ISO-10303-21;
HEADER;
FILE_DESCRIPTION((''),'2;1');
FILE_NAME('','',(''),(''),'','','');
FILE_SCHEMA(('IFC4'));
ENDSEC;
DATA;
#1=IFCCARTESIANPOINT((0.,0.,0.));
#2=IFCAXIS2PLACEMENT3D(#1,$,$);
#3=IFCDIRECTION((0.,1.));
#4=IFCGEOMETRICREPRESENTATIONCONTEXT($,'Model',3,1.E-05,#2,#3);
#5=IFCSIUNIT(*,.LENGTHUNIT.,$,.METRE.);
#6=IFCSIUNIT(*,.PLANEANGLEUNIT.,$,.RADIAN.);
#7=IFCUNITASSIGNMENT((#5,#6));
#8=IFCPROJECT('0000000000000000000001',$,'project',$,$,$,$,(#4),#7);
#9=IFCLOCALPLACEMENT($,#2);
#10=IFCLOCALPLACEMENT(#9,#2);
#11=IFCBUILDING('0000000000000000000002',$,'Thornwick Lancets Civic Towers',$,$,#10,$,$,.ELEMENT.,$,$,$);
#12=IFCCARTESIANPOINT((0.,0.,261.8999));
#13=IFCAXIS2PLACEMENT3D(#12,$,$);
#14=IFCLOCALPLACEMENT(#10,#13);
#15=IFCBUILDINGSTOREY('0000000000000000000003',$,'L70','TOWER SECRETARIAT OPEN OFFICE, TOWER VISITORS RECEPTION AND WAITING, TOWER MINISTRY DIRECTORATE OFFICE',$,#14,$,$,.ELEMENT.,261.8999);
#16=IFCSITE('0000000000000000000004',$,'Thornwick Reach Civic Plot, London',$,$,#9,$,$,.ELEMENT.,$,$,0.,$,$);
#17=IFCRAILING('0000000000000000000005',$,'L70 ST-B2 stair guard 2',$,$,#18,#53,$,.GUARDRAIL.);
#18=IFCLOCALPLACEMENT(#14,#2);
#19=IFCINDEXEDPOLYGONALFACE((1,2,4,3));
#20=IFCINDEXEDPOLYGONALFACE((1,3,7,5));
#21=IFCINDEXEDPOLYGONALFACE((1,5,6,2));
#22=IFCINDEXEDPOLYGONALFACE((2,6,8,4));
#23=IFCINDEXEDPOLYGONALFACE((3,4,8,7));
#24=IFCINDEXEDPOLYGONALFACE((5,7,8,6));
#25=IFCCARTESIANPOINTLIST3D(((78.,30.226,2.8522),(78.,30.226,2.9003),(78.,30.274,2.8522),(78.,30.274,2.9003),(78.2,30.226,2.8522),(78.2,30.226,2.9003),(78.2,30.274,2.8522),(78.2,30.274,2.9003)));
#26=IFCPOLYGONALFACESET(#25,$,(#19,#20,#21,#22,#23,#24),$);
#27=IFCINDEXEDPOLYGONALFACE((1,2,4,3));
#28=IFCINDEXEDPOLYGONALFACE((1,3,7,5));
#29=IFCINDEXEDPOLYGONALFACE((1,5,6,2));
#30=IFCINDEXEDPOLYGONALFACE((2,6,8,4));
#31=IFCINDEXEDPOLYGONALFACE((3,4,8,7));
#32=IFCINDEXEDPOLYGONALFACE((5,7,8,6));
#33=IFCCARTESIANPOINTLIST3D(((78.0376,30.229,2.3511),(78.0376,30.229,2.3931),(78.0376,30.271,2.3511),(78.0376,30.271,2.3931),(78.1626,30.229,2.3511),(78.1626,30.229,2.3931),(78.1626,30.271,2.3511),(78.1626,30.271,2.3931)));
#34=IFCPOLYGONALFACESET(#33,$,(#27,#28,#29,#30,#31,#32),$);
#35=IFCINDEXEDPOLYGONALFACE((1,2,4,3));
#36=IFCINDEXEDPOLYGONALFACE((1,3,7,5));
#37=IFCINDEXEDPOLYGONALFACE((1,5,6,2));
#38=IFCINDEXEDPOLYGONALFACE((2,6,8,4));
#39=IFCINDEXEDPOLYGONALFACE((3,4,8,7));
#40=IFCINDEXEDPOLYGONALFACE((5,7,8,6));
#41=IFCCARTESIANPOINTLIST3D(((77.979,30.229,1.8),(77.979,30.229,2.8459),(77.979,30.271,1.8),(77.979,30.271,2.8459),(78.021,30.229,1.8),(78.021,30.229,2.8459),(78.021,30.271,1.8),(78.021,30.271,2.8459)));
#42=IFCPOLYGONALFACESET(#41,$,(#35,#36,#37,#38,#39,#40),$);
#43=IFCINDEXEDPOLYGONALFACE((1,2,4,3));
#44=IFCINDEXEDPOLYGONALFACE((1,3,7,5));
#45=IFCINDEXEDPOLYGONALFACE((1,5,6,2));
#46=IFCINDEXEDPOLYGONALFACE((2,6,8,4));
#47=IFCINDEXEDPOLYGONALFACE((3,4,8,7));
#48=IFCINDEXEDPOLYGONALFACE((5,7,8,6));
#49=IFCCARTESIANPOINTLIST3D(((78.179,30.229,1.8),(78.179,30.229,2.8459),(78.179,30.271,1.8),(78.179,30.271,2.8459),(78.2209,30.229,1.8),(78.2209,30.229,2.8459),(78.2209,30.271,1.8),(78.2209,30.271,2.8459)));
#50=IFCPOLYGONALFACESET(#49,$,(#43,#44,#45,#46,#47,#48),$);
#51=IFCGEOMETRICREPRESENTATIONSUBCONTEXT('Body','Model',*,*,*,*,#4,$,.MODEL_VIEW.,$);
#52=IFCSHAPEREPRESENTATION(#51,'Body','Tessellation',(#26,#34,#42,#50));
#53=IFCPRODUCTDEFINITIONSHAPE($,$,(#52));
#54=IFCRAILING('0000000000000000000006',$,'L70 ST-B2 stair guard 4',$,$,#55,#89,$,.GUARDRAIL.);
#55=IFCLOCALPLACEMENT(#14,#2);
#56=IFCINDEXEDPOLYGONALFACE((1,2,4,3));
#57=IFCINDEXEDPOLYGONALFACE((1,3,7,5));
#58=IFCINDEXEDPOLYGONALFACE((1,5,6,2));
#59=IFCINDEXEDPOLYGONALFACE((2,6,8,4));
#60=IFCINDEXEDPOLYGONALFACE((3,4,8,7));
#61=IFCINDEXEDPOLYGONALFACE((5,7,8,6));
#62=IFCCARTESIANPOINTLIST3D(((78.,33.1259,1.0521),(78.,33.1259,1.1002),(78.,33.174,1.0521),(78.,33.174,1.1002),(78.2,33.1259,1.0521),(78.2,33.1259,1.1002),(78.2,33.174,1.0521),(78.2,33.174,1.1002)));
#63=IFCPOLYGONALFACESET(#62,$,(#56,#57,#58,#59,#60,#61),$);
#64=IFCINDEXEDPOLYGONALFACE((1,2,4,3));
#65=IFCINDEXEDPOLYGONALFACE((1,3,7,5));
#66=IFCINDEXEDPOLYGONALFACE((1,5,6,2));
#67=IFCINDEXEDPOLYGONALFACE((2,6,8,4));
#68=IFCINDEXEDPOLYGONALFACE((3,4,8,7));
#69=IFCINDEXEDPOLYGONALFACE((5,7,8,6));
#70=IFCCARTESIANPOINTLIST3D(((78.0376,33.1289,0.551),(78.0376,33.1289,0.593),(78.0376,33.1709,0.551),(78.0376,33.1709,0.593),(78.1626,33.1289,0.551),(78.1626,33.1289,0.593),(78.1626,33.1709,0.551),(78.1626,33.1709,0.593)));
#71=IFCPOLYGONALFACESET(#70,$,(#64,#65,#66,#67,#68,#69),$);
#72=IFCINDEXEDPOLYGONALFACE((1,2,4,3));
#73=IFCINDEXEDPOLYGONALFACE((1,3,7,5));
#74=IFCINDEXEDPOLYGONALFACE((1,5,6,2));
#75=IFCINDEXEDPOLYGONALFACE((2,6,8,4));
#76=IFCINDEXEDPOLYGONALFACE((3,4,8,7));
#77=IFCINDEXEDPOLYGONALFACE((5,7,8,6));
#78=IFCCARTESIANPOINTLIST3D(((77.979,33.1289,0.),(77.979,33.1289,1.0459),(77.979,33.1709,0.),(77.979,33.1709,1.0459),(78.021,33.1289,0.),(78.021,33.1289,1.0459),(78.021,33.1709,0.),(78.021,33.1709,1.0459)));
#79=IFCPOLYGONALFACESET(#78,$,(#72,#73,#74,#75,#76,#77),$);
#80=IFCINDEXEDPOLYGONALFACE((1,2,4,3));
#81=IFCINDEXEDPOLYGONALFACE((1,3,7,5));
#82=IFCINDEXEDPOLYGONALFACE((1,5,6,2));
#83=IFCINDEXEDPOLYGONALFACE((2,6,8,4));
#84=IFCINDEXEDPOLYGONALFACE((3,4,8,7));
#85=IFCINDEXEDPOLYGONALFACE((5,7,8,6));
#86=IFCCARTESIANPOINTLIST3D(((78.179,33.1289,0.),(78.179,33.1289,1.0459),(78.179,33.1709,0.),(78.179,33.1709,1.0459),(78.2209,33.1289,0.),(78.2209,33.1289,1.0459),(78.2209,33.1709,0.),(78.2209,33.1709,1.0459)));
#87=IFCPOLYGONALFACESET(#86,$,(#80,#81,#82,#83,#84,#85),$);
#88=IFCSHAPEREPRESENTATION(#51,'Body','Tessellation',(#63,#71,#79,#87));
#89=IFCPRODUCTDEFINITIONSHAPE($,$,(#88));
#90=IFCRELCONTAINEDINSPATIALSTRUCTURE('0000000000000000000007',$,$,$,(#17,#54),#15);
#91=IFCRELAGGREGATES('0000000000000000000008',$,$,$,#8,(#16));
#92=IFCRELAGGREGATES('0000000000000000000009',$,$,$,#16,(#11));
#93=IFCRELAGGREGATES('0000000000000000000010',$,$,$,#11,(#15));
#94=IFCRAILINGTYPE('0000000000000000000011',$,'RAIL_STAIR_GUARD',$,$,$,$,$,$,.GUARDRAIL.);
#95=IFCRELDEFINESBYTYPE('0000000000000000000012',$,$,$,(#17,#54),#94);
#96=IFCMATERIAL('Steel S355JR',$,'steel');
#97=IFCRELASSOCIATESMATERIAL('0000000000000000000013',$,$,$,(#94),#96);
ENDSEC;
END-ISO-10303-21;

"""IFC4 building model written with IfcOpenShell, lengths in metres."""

from ifc_helpers import new_model, si_unit, direction, frame, origin, origin_2d, place, context, subcontext, project, spatial, rectangle, extrude, material, type_object, element, save


model = new_model("IFC4")

# Units and contexts
model_context = context("Model", 3, precision=1e-05, world=origin(), true_north=direction((0.0, 1.0)))
body_context = subcontext(model_context, "Body", "Model", "MODEL_VIEW")
ifc_project = project(units=[si_unit("LENGTHUNIT", "METRE"), si_unit("PLANEANGLEUNIT", "RADIAN")], contexts=[model_context])

# Site, building, storey
site_placement = place(None, origin())
site = spatial("IfcSite", under=ifc_project, at=site_placement, Name="Thornwick Reach Civic Plot, London", CompositionType="ELEMENT", RefElevation=0.0)
building_placement = place(site_placement, origin())
building = spatial("IfcBuilding", under=site, at=building_placement, Name="Thornwick Lancets Civic Towers", CompositionType="ELEMENT")
storey_placement = place(building_placement, frame((0.0, 0.0, 261.8999)))
storey = spatial("IfcBuildingStorey", under=building, at=storey_placement, Name="L70", Description="TOWER SECRETARIAT OPEN OFFICE, TOWER VISITORS RECEPTION AND WAITING, TOWER MINISTRY DIRECTORATE OFFICE", CompositionType="ELEMENT", Elevation=261.8999)

# Shared definitions
ifc_material_1 = material(Name="Steel S355JR", Category="steel")

# Railings
railing_type_1 = type_object("IfcRailingType", Name="RAIL_STAIR_GUARD", PredefinedType="GUARDRAIL", material=ifc_material_1)
for number, where, name in (
    (1, (78.0, 30.25, 1.8), "L70 ST-B2 stair guard 2"),
    (2, (78.0, 33.1499, 0.0), "L70 ST-B2 stair guard 4"),
):
    element("IfcRailing", number, at=place(storey_placement, frame(where)), inside=storey, type_object=railing_type_1, Name=name, PredefinedType="GUARDRAIL", context=body_context, shape_type="SweptSolid", body=[
        extrude(rectangle(XDim=0.0481, YDim=0.0481, at=origin_2d()), frame((0.0, 0.0, 1.0762), z_axis=(1.0, 0.0, 0.0), x_axis=(0.0, 1.0, 0.0)), (0.0, 0.0, 1.0), 0.2),
        extrude(rectangle(XDim=0.042, YDim=0.042, at=origin_2d()), frame((0.0376, 0.0, 0.572), z_axis=(1.0, 0.0, 0.0), x_axis=(0.0, 1.0, 0.0)), (0.0, 0.0, 1.0), 0.125),
        extrude(rectangle(XDim=0.042, YDim=0.042, at=origin_2d()), origin(), (0.0, 0.0, 1.0), 1.0459),
        extrude(rectangle(XDim=0.042, YDim=0.042, at=origin_2d()), frame((0.2, 0.0, 0.0)), (0.0, 0.0, 1.0), 1.0459),
    ])

save(model, "model.ifc")
